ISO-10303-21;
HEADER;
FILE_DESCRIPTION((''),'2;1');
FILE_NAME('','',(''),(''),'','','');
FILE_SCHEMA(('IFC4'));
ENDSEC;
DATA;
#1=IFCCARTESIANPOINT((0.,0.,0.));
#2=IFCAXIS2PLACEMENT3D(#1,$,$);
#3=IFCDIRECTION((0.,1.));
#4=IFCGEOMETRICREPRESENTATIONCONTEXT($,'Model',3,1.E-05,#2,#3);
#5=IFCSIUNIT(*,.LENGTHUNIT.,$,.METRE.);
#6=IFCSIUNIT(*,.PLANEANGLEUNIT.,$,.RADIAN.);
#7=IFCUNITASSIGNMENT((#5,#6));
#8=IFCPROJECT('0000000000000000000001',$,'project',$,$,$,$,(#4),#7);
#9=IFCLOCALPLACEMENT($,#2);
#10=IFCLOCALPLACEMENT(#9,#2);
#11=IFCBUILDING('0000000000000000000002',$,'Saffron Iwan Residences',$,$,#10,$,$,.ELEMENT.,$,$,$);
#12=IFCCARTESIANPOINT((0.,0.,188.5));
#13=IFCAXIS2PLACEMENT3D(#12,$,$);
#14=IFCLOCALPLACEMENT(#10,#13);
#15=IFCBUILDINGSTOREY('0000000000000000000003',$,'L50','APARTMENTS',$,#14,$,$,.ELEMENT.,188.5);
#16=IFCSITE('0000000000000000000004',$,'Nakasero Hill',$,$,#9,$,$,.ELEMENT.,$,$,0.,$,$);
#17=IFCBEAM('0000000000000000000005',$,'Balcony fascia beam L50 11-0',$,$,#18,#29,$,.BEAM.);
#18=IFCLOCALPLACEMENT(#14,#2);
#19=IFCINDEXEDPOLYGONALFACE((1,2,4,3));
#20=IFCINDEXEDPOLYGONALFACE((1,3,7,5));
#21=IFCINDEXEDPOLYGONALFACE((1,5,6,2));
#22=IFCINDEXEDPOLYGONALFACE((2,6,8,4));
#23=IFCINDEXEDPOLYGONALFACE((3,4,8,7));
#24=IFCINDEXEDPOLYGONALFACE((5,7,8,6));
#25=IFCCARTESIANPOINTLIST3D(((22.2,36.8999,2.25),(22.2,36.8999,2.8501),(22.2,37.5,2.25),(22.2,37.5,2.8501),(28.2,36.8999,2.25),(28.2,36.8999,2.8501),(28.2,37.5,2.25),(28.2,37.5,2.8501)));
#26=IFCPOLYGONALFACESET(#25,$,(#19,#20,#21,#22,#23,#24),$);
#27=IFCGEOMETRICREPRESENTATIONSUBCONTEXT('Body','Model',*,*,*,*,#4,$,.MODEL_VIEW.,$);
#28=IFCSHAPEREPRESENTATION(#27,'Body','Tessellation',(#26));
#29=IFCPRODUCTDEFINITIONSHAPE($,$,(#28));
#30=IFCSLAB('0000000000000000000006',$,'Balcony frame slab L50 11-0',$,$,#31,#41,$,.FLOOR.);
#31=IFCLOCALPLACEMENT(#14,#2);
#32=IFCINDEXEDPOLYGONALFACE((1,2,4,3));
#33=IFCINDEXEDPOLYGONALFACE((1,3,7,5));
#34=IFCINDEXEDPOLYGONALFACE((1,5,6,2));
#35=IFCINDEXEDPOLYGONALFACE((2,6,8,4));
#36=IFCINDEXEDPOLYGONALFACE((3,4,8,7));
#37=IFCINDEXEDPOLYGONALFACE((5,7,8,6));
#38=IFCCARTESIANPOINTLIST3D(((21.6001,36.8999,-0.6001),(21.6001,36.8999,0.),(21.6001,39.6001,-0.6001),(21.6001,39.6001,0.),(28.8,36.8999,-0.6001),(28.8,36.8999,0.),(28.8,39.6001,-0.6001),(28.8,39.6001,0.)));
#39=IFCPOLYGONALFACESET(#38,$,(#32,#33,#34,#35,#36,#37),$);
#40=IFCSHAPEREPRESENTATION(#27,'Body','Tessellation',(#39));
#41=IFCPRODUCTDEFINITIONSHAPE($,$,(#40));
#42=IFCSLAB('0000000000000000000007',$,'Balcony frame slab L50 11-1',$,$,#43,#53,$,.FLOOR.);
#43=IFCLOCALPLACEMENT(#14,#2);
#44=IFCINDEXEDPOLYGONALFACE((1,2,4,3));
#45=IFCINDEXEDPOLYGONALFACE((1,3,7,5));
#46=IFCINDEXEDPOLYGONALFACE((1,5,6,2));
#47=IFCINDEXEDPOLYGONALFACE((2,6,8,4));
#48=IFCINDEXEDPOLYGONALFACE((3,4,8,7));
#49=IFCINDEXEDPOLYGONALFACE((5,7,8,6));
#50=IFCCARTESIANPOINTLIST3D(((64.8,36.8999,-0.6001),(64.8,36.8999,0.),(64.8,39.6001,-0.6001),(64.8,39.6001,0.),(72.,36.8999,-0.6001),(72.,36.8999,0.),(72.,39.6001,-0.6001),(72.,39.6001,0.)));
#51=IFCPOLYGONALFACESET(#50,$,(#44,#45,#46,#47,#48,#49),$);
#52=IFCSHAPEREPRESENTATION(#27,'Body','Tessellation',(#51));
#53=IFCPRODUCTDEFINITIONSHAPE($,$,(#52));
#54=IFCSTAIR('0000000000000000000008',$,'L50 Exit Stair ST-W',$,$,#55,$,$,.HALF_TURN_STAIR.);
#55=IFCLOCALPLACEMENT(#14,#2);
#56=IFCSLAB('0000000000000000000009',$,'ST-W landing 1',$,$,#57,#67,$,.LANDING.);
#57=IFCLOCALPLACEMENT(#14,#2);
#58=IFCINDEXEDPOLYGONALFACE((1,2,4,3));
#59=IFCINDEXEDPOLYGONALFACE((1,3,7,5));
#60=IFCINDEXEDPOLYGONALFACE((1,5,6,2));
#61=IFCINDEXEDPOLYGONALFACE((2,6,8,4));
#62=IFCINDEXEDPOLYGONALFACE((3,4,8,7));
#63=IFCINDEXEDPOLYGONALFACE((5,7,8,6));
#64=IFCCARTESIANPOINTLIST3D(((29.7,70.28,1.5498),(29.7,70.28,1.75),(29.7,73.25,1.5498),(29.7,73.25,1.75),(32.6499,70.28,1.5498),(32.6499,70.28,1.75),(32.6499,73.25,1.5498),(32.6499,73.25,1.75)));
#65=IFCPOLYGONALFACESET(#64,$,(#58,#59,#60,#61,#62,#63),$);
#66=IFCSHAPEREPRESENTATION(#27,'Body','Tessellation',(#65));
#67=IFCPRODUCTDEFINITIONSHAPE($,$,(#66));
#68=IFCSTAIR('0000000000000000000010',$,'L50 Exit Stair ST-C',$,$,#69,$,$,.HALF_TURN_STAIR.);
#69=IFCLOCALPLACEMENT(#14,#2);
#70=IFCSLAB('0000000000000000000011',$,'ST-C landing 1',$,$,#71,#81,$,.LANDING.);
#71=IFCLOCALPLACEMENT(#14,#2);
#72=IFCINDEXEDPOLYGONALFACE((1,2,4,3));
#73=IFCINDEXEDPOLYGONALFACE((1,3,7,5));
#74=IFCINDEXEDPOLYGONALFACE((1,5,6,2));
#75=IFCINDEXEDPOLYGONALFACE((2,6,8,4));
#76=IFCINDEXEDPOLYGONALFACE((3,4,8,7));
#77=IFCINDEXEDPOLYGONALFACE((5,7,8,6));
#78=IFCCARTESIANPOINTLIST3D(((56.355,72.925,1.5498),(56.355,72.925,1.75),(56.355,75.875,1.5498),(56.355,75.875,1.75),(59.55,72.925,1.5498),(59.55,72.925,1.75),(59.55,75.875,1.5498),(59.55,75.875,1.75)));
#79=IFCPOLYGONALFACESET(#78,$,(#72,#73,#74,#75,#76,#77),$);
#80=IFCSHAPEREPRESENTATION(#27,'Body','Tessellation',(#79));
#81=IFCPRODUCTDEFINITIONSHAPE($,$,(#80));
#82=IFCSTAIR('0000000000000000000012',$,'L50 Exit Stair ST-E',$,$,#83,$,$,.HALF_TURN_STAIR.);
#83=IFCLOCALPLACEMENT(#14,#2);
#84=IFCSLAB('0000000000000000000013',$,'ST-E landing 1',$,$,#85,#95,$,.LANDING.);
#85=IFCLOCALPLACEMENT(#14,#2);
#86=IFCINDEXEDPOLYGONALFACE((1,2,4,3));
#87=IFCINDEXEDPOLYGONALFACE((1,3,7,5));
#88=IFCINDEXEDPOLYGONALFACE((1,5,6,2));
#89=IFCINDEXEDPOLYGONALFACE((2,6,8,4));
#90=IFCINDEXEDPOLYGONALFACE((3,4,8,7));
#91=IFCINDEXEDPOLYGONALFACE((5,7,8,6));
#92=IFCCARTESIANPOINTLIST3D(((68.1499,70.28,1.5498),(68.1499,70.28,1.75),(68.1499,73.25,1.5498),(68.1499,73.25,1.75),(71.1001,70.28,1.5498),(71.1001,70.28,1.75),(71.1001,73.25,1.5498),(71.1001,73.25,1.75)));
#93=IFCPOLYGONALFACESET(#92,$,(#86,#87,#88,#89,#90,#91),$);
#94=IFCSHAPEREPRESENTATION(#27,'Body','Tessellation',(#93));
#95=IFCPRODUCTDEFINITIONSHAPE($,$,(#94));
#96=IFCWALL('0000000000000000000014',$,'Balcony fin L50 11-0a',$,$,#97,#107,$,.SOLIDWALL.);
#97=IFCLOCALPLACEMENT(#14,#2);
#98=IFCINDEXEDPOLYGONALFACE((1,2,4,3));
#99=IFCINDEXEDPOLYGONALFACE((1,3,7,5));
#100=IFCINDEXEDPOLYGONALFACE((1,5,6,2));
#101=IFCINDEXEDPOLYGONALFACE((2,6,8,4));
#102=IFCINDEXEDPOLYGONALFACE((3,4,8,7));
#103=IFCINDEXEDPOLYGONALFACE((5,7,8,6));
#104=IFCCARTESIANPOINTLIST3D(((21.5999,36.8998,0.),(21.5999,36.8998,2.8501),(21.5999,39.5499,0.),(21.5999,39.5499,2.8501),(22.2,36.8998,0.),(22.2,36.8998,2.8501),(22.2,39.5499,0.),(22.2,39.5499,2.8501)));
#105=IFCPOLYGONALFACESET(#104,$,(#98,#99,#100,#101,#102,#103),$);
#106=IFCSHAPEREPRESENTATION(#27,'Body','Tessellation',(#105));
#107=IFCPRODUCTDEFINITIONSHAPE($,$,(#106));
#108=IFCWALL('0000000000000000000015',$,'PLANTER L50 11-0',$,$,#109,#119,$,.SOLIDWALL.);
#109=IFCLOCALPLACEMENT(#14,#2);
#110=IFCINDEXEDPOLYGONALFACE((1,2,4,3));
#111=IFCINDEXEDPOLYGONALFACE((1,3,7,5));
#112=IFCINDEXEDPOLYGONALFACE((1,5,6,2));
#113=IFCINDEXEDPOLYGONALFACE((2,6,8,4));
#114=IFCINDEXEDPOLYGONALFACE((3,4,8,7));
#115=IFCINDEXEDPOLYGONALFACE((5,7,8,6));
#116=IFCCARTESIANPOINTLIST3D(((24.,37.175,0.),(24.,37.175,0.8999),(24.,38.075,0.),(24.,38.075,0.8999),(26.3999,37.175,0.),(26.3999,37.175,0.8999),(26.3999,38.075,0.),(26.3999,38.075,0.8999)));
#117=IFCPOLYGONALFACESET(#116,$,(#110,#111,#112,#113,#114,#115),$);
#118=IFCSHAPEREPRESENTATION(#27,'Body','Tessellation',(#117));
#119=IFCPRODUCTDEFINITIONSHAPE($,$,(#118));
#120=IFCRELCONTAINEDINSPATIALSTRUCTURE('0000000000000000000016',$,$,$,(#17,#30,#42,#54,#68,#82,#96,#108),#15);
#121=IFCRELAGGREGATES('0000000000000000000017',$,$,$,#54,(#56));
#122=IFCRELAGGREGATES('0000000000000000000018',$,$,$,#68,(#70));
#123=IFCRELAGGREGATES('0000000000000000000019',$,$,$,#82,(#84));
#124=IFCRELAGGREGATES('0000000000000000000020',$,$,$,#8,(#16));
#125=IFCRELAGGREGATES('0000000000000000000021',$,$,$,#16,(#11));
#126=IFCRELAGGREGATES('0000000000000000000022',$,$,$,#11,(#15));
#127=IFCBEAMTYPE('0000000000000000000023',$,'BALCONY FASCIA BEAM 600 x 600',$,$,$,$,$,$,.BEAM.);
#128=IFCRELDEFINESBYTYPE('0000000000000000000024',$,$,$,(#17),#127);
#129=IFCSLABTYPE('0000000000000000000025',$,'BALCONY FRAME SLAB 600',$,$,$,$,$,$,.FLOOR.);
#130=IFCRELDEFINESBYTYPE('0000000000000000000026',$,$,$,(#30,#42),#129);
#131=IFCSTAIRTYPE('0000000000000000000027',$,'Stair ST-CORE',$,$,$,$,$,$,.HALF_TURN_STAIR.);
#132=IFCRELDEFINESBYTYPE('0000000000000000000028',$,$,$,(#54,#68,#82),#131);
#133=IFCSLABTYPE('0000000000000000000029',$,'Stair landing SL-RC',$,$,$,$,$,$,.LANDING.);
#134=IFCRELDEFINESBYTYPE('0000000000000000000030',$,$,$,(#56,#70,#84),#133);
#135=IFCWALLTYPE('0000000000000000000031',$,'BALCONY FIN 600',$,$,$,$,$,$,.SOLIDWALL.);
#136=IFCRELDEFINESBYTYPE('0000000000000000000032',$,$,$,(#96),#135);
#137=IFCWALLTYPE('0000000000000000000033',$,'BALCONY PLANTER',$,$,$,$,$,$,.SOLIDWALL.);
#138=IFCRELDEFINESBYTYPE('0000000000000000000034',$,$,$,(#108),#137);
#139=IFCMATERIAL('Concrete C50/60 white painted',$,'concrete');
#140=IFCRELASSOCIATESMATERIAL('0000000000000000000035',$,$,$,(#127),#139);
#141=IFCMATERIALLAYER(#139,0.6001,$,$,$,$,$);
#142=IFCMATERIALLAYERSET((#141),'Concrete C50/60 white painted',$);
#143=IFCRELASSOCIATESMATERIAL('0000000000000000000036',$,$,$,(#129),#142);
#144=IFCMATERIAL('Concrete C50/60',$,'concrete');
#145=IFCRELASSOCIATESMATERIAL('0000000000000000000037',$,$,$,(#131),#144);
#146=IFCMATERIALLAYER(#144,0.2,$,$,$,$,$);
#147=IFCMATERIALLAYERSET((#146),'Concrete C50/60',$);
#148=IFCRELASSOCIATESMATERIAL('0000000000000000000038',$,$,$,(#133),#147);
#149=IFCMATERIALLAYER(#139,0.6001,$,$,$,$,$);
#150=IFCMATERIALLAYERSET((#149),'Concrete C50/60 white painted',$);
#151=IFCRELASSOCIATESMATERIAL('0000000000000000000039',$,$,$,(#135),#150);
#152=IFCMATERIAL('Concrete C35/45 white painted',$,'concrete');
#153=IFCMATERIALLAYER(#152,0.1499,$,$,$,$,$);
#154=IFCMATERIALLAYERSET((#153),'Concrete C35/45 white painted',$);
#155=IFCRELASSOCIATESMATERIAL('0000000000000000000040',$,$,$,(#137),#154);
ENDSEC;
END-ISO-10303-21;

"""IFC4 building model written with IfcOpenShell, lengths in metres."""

from ifc_helpers import new_model, si_unit, direction, frame, frame_2d, origin, origin_2d, place, context, subcontext, project, spatial, polyline, rectangle, outline, extrude, source, transform, mapped, material, layer, layer_set, material_profile, profile_set, type_object, element, aggregate, save


model = new_model("IFC4")

# Units and contexts
model_context = context("Model", 3, precision=1e-05, world=origin(), true_north=direction((0.0, 1.0)))
body_context = subcontext(model_context, "Body", "Model", "MODEL_VIEW")
ifc_project = project(units=[si_unit("LENGTHUNIT", "METRE"), si_unit("PLANEANGLEUNIT", "RADIAN")], contexts=[model_context])

# Site, building, storey
site_placement = place(None, origin())
site = spatial("IfcSite", under=ifc_project, at=site_placement, Name="Nakasero Hill", CompositionType="ELEMENT", RefElevation=0.0)
building_placement = place(site_placement, origin())
building = spatial("IfcBuilding", under=site, at=building_placement, Name="Saffron Iwan Residences", CompositionType="ELEMENT")
storey_placement = place(building_placement, frame((0.0, 0.0, 188.5)))
storey = spatial("IfcBuildingStorey", under=building, at=storey_placement, Name="L50", Description="APARTMENTS", CompositionType="ELEMENT", Elevation=188.5)

# Beam
ifc_material_1 = material(Name="Concrete C50/60 white painted", Category="concrete")
ifc_material_profile = material_profile(ifc_material_1, rectangle(XDim=0.6001, YDim=0.6001, at=origin_2d()), Name="BALCONY FASCIA BEAM 600 x 600")
ifc_profile_set = profile_set([ifc_material_profile], Name="Concrete C50/60 white painted")
beam_type = type_object("IfcBeamType", Name="BALCONY FASCIA BEAM 600 x 600", PredefinedType="BEAM", material=ifc_profile_set)
shared_shape = source(origin(), body_context, "Body", "SweptSolid", [
    extrude(rectangle(XDim=0.6001, YDim=0.6001, at=origin_2d()), origin(), (0.0, 0.0, 1.0), 6.0),
])
beam_placement = place(storey_placement, frame((22.2, 37.2, 2.55), z_axis=(1.0, 0.0, 0.0), x_axis=(0.0, 1.0, 0.0)))
element("IfcBeam", 1, at=beam_placement, inside=storey, type_object=beam_type, Name="Balcony fascia beam L50 11-0", PredefinedType="BEAM", context=body_context, shape_type="MappedRepresentation", body=[
    mapped(shared_shape, transform((0.0, 0.0, 0.0))),
])

# Slabs
ifc_layer_1 = layer(ifc_material_1, 0.6001)
ifc_layer_set_1 = layer_set([ifc_layer_1], Name="Concrete C50/60 white painted")
slab_type_1 = type_object("IfcSlabType", Name="BALCONY FRAME SLAB 600", PredefinedType="FLOOR", material=ifc_layer_set_1)
slab_1_placement = place(storey_placement, frame((0.0, 0.0, -0.6001)))
element("IfcSlab", 2, at=slab_1_placement, inside=storey, type_object=slab_type_1, Name="Balcony frame slab L50 11-0", PredefinedType="FLOOR", context=body_context, shape_type="SweptSolid", body=[
    extrude(outline(polyline([(21.6001, 36.8999), (28.8, 36.8999), (28.8, 39.6001), (21.6001, 39.6001), (21.6001, 36.8999)])), origin(), (0.0, 0.0, 1.0), 0.6001),
])
slab_2_placement = place(storey_placement, frame((0.0, 0.0, -0.6001)))
element("IfcSlab", 3, at=slab_2_placement, inside=storey, type_object=slab_type_1, Name="Balcony frame slab L50 11-1", PredefinedType="FLOOR", context=body_context, shape_type="SweptSolid", body=[
    extrude(outline(polyline([(64.8, 36.8999), (72.0, 36.8999), (72.0, 39.6001), (64.8, 39.6001), (64.8, 36.8999)])), origin(), (0.0, 0.0, 1.0), 0.6001),
])

# Stairs, slabs
ifc_material_2 = material(Name="Concrete C50/60", Category="concrete")
stair_type = type_object("IfcStairType", Name="Stair ST-CORE", PredefinedType="HALF_TURN_STAIR", material=ifc_material_2)
stair_1_placement = place(storey_placement, origin())
stair_1 = element("IfcStair", 4, at=stair_1_placement, inside=storey, type_object=stair_type, Name="L50 Exit Stair ST-W", PredefinedType="HALF_TURN_STAIR")
ifc_layer_2 = layer(ifc_material_2, 0.2)
ifc_layer_set_2 = layer_set([ifc_layer_2], Name="Concrete C50/60")
slab_type_2 = type_object("IfcSlabType", Name="Stair landing SL-RC", PredefinedType="LANDING", material=ifc_layer_set_2)
slab_3_placement = place(storey_placement, frame((0.0, 0.0, 1.5498)))
slab_3 = element("IfcSlab", 5, at=slab_3_placement, type_object=slab_type_2, Name="ST-W landing 1", PredefinedType="LANDING", context=body_context, shape_type="SweptSolid", body=[
    extrude(outline(polyline([(32.6499, 70.28), (32.6499, 73.25), (29.7, 73.25), (29.7, 70.28), (32.6499, 70.28)])), origin(), (0.0, 0.0, 1.0), 0.2002),
])
aggregate(stair_1, [slab_3])
stair_2_placement = place(storey_placement, origin())
stair_2 = element("IfcStair", 6, at=stair_2_placement, inside=storey, type_object=stair_type, Name="L50 Exit Stair ST-C", PredefinedType="HALF_TURN_STAIR")
slab_4_placement = place(storey_placement, frame((0.0, 0.0, 1.5498)))
slab_4 = element("IfcSlab", 7, at=slab_4_placement, type_object=slab_type_2, Name="ST-C landing 1", PredefinedType="LANDING", context=body_context, shape_type="SweptSolid", body=[
    extrude(outline(polyline([(56.355, 72.925), (59.55, 72.925), (59.55, 75.875), (56.355, 75.875), (56.355, 72.925)])), origin(), (0.0, 0.0, 1.0), 0.2002),
])
aggregate(stair_2, [slab_4])
stair_3_placement = place(storey_placement, origin())
stair_3 = element("IfcStair", 8, at=stair_3_placement, inside=storey, type_object=stair_type, Name="L50 Exit Stair ST-E", PredefinedType="HALF_TURN_STAIR")
slab_5_placement = place(storey_placement, frame((0.0, 0.0, 1.5498)))
slab_5 = element("IfcSlab", 9, at=slab_5_placement, type_object=slab_type_2, Name="ST-E landing 1", PredefinedType="LANDING", context=body_context, shape_type="SweptSolid", body=[
    extrude(outline(polyline([(71.1001, 70.28), (71.1001, 73.25), (68.1499, 73.25), (68.1499, 70.28), (71.1001, 70.28)])), origin(), (0.0, 0.0, 1.0), 0.2002),
])
aggregate(stair_3, [slab_5])

# Walls
ifc_layer_3 = layer(ifc_material_1, 0.6001)
ifc_layer_set_3 = layer_set([ifc_layer_3], Name="Concrete C50/60 white painted")
wall_type_1 = type_object("IfcWallType", Name="BALCONY FIN 600", PredefinedType="SOLIDWALL", material=ifc_layer_set_3)
wall_1_placement = place(storey_placement, frame((21.8999, 39.55, 0.0), z_axis=(0.0, 0.0, 1.0), x_axis=(0.0, -1.0, 0.0)))
element("IfcWall", 10, at=wall_1_placement, inside=storey, type_object=wall_type_1, Name="Balcony fin L50 11-0a", PredefinedType="SOLIDWALL", context=body_context, shape_type="SweptSolid", body=[
    extrude(rectangle(XDim=2.6501, YDim=0.6001, at=frame_2d((1.3252, 0.0))), origin(), (0.0, 0.0, 1.0), 2.8501),
])
ifc_material_3 = material(Name="Concrete C35/45 white painted", Category="concrete")
ifc_layer_4 = layer(ifc_material_3, 0.1499)
ifc_layer_set_4 = layer_set([ifc_layer_4], Name="Concrete C35/45 white painted")
wall_type_2 = type_object("IfcWallType", Name="BALCONY PLANTER", PredefinedType="SOLIDWALL", material=ifc_layer_set_4)
wall_2_placement = place(storey_placement, frame((24.0, 37.625, 0.0), z_axis=(0.0, 0.0, 1.0), x_axis=(1.0, 0.0, 0.0)))
element("IfcWall", 11, at=wall_2_placement, inside=storey, type_object=wall_type_2, Name="PLANTER L50 11-0", PredefinedType="SOLIDWALL", context=body_context, shape_type="SweptSolid", body=[
    extrude(rectangle(XDim=2.3999, YDim=0.8999, at=frame_2d((1.2, 0.0))), origin(), (0.0, 0.0, 1.0), 0.8999),
])

save(model, "model.ifc")
